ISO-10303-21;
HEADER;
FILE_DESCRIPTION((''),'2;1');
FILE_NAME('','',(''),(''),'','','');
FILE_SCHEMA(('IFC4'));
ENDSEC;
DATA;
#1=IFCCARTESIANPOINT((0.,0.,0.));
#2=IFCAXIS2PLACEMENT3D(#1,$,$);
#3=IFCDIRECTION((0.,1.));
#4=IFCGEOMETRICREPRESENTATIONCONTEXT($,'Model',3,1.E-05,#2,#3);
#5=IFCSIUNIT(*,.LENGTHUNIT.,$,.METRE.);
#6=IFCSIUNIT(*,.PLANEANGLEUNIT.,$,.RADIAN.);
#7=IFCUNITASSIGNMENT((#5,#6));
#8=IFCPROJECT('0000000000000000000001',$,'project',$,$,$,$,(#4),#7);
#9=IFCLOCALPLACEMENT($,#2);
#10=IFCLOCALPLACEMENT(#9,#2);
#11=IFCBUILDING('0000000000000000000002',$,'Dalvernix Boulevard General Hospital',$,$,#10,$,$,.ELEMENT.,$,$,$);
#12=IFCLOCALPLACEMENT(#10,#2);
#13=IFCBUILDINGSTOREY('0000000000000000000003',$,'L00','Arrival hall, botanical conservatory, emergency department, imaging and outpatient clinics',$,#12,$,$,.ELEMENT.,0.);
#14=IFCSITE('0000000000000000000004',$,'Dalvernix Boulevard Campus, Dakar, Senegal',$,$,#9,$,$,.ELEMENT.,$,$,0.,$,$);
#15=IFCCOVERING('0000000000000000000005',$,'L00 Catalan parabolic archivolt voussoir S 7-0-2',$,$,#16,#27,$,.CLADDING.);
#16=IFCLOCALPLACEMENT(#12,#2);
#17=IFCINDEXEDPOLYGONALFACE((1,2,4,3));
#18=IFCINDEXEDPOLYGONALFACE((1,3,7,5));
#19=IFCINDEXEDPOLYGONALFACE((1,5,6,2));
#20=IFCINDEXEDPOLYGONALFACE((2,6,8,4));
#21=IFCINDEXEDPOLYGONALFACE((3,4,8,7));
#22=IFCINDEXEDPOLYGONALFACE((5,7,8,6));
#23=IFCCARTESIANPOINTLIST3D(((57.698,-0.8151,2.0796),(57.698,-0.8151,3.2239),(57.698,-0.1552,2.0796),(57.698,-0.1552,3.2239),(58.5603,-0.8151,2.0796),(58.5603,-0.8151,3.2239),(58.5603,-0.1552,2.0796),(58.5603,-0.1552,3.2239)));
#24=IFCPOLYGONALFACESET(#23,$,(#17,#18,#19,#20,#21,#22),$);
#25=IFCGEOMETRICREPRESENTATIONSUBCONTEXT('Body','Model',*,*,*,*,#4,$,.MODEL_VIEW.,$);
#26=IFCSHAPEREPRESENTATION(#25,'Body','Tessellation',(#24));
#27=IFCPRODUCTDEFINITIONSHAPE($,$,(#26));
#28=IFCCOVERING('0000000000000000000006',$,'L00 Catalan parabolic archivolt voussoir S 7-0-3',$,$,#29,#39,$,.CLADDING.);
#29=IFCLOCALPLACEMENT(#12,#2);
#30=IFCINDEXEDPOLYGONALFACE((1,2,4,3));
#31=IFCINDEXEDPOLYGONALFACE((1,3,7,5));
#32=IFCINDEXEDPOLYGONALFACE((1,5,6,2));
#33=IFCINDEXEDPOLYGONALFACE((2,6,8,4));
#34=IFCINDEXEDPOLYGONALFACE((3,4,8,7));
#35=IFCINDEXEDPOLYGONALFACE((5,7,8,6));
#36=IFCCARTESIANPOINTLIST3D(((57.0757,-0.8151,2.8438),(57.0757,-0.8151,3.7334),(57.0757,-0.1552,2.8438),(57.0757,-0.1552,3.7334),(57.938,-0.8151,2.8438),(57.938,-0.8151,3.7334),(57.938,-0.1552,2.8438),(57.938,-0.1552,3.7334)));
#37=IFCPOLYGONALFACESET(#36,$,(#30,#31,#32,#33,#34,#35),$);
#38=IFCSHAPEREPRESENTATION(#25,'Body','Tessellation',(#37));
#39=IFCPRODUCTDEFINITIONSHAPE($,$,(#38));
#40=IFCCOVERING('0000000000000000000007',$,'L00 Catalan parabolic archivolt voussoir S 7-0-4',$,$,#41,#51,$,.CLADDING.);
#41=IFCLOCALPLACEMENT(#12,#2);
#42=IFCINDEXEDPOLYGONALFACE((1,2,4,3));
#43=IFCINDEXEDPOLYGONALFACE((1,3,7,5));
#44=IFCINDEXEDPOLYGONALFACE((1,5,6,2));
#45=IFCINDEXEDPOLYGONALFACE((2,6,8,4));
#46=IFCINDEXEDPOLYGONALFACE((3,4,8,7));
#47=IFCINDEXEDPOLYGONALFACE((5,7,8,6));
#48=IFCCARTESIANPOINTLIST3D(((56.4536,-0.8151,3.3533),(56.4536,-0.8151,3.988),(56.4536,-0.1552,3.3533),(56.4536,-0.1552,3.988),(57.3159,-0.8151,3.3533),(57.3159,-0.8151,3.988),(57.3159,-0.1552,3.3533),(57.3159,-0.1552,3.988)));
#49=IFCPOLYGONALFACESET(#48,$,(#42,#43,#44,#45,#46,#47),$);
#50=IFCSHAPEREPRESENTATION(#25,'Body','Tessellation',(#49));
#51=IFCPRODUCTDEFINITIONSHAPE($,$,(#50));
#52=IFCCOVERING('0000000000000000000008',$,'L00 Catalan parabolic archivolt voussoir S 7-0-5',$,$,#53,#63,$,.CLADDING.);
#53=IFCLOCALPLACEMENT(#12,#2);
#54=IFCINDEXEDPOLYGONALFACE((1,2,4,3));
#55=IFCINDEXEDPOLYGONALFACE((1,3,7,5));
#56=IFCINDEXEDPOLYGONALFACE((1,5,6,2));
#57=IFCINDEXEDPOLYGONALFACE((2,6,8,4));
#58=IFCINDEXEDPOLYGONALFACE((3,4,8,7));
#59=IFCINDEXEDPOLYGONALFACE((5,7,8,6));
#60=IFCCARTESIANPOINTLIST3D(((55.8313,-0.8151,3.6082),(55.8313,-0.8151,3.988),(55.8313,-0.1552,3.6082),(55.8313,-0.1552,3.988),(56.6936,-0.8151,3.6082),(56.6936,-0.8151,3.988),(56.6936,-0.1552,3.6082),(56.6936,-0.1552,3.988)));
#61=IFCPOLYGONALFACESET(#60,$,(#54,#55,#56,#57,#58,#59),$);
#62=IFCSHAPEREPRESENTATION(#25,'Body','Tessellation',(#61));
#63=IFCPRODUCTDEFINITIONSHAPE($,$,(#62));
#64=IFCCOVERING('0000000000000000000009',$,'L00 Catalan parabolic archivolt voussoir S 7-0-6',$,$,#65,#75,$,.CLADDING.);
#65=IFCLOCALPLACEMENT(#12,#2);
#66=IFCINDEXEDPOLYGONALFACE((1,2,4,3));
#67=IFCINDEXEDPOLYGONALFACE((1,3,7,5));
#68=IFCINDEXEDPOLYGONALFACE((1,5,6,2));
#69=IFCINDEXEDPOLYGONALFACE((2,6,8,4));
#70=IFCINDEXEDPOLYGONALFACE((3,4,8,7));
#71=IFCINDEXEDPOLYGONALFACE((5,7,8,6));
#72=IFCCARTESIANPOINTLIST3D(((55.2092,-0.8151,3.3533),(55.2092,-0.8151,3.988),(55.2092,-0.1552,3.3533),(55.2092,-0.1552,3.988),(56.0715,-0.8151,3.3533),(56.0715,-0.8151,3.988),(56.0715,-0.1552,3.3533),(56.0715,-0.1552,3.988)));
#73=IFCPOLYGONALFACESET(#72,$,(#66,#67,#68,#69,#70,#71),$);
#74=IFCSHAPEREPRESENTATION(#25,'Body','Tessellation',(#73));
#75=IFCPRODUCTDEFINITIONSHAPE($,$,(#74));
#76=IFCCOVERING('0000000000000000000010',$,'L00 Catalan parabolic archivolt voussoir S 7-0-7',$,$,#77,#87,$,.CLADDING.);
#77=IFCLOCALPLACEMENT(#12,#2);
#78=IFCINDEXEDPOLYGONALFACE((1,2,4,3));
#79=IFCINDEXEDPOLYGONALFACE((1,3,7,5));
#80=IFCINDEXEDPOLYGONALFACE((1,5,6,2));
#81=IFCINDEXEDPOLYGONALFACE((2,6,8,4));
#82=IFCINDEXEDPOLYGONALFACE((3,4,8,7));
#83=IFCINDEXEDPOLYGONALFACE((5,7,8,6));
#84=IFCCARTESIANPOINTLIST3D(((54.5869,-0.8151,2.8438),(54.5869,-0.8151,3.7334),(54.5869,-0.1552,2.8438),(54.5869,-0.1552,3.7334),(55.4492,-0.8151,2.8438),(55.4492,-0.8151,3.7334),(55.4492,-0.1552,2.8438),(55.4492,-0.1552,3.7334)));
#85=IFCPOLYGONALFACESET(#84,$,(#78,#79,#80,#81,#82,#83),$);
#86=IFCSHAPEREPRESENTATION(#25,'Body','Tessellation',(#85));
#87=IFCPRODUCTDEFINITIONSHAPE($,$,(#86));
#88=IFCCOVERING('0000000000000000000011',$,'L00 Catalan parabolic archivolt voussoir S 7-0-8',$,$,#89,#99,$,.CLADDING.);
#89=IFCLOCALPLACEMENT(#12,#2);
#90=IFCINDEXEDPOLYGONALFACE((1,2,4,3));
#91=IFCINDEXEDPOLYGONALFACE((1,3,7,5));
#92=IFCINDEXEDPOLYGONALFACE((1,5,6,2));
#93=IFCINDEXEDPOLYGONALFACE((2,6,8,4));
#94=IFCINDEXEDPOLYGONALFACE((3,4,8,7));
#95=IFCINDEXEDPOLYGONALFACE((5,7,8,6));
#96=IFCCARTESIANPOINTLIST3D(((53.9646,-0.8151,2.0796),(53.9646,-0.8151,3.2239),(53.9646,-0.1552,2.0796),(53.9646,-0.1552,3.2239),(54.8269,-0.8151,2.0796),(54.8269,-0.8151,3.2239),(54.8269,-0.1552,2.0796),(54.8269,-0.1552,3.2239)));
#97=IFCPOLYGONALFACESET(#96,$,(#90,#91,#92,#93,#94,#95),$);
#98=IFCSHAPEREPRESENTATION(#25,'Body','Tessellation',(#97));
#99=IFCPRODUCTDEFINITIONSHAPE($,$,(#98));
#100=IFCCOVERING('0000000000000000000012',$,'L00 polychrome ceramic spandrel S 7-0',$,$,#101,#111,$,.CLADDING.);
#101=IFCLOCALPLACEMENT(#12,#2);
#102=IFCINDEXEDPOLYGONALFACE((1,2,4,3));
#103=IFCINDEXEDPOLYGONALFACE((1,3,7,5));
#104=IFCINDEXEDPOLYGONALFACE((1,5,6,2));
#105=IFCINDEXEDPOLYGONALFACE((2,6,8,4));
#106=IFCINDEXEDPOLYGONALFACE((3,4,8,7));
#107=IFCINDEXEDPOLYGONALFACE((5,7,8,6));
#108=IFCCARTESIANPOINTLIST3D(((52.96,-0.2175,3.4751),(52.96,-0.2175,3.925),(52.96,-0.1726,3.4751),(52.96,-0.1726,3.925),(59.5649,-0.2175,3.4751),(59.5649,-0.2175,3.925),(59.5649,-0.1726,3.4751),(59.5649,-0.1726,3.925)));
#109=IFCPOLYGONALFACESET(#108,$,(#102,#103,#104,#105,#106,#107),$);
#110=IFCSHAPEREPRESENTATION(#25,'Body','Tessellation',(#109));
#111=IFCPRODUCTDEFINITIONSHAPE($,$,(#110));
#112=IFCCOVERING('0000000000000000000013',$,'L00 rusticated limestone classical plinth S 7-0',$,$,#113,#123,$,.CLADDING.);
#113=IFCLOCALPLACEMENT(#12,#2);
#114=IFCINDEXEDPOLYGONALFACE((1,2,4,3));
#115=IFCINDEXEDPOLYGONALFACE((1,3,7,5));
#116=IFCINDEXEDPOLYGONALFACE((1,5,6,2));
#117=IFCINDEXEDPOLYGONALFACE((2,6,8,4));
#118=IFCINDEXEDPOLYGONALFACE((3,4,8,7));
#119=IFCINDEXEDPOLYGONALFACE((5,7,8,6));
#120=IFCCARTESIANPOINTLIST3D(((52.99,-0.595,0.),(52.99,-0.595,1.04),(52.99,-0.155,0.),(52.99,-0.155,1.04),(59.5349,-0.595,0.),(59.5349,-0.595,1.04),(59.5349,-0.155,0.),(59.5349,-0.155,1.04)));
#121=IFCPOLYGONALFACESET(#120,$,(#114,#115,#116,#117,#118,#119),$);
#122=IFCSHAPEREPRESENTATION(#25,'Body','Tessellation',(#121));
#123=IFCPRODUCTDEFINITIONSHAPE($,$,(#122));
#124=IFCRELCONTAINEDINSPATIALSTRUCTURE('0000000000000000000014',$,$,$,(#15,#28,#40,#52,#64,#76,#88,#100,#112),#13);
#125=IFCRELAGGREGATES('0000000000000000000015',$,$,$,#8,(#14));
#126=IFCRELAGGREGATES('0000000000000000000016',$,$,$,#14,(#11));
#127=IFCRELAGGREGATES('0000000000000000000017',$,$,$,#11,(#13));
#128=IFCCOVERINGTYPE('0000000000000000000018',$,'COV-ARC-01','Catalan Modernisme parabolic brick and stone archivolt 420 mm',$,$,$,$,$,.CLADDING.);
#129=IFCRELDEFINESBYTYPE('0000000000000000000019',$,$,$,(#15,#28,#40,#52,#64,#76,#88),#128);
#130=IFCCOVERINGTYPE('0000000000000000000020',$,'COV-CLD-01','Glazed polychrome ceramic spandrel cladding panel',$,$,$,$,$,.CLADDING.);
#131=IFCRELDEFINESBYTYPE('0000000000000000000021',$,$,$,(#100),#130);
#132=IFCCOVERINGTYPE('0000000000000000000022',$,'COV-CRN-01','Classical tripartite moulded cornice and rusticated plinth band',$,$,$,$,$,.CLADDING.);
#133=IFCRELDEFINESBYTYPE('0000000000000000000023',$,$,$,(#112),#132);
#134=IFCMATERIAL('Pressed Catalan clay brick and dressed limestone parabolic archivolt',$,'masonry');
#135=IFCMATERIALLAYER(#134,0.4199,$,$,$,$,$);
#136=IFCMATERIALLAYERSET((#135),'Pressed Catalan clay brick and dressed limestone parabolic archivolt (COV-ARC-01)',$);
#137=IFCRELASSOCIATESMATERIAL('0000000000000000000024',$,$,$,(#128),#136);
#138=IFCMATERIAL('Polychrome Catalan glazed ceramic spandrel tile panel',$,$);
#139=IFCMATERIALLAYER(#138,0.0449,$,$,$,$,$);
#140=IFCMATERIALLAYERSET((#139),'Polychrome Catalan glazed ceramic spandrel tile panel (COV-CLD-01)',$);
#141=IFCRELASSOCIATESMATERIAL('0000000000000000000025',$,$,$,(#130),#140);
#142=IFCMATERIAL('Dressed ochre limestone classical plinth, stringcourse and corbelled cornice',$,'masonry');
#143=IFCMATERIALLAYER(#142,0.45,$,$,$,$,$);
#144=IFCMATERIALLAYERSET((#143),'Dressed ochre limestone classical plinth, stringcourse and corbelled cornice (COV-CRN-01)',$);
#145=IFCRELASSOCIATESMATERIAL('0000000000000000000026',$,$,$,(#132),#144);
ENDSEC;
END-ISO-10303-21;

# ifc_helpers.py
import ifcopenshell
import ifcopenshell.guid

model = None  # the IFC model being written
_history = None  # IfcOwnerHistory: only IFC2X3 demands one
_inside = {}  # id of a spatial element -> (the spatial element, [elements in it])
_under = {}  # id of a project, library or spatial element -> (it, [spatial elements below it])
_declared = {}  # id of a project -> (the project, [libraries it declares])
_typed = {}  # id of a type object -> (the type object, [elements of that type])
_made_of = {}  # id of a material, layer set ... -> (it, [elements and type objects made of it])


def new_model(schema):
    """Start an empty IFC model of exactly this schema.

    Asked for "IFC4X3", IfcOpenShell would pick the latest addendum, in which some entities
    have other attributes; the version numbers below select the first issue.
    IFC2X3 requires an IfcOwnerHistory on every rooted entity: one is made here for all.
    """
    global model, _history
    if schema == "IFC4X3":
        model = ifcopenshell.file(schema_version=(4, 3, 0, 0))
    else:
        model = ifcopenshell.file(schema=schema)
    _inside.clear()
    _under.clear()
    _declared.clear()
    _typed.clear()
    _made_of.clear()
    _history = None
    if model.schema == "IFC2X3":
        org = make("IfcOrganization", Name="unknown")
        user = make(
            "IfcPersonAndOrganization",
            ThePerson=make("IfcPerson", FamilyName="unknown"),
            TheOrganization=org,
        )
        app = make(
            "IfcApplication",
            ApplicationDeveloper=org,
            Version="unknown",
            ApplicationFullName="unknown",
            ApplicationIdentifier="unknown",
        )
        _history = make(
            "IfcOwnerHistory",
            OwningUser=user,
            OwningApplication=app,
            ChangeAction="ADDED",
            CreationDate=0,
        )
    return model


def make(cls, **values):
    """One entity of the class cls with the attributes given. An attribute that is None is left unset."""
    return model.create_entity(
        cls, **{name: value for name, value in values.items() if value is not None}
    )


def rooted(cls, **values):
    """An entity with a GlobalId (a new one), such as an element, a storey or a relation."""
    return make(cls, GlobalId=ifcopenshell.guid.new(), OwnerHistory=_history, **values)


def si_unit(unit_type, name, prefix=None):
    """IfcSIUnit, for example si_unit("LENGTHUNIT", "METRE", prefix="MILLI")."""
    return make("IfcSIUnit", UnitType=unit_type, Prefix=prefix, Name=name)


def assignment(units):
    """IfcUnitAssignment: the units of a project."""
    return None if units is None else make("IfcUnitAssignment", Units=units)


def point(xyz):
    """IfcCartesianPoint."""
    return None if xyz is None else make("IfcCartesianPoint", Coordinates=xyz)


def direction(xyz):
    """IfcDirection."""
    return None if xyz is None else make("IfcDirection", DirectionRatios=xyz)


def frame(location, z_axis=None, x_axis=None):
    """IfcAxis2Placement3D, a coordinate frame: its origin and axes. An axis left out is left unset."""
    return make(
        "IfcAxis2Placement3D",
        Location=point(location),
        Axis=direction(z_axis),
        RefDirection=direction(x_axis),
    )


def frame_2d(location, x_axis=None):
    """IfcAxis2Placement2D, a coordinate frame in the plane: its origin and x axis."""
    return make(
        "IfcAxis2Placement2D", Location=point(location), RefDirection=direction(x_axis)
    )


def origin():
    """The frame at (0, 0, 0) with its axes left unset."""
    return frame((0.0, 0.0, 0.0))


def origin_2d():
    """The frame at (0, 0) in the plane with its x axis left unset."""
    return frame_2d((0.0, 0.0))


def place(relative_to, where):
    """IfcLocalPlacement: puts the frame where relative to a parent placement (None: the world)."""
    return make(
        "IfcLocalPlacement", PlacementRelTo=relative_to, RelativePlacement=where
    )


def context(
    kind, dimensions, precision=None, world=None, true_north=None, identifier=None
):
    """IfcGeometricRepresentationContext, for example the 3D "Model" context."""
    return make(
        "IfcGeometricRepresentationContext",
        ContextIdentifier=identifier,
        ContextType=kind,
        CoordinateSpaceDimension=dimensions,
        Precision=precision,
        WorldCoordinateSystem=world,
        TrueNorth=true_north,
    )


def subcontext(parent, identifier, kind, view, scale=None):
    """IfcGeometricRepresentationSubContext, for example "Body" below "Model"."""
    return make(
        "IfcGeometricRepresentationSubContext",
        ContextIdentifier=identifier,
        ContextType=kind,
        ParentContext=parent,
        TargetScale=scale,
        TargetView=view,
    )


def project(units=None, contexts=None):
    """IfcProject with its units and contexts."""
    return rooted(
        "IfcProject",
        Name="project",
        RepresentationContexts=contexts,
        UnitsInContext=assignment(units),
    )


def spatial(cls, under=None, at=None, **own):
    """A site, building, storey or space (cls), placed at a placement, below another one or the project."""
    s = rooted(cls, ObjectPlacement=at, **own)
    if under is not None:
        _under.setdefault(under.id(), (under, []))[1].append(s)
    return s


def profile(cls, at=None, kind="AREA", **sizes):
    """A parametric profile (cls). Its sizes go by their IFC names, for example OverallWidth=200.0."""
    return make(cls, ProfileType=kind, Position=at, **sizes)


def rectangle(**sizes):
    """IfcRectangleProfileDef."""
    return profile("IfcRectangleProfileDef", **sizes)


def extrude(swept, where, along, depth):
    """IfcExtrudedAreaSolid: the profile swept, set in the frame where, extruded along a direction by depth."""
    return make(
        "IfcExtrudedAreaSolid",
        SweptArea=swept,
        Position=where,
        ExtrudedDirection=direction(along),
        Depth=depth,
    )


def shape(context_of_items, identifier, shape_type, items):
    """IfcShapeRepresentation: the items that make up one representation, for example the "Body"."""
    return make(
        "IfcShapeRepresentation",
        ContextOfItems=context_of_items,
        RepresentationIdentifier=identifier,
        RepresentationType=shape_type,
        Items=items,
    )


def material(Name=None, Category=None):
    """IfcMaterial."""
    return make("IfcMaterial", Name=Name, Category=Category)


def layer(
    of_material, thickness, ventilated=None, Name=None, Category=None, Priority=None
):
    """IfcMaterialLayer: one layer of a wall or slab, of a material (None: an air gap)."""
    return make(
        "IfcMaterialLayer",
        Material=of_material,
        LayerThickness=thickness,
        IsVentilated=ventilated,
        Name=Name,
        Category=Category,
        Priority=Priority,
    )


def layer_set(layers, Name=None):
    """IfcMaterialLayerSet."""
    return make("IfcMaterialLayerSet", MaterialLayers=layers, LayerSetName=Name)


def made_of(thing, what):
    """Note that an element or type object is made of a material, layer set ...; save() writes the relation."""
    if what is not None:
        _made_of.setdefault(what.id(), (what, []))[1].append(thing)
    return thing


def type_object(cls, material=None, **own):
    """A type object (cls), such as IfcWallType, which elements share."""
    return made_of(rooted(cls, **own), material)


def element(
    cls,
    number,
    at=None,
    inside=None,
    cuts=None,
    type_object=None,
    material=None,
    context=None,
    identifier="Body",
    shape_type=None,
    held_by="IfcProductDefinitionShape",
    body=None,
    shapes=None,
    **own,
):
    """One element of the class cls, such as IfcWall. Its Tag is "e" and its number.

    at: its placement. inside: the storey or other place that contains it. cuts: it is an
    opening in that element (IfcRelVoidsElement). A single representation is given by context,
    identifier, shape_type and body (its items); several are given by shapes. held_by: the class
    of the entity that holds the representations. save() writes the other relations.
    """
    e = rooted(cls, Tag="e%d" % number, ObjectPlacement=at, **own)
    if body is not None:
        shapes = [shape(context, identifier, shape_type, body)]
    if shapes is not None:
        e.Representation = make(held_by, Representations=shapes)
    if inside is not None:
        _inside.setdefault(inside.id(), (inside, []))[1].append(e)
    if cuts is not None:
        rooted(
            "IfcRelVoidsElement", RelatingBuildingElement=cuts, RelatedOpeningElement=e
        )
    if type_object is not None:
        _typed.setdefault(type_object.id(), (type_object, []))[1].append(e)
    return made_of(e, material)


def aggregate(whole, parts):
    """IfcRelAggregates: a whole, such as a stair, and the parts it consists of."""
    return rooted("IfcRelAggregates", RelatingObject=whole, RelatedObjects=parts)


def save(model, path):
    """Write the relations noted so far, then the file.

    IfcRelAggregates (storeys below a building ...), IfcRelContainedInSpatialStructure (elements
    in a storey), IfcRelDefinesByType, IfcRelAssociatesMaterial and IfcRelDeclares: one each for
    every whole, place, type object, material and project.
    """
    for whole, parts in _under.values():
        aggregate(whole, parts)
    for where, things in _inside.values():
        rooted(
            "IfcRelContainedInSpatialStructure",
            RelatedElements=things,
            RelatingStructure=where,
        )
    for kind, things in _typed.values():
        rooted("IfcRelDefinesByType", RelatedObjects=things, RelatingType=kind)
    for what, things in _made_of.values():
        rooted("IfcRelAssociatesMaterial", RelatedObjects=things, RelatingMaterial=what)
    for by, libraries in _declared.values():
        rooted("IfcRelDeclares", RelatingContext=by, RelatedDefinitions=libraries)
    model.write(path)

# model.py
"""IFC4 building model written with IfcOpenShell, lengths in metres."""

from ifc_helpers import new_model, si_unit, direction, frame, origin, origin_2d, place, context, subcontext, project, spatial, rectangle, extrude, material, layer, layer_set, type_object, element, save


model = new_model("IFC4")

# Units and contexts
model_context = context("Model", 3, precision=1e-05, world=origin(), true_north=direction((0.0, 1.0)))
body_context = subcontext(model_context, "Body", "Model", "MODEL_VIEW")
ifc_project = project(units=[si_unit("LENGTHUNIT", "METRE"), si_unit("PLANEANGLEUNIT", "RADIAN")], contexts=[model_context])

# Site, building, storey
site_placement = place(None, origin())
site = spatial("IfcSite", under=ifc_project, at=site_placement, Name="Dalvernix Boulevard Campus, Dakar, Senegal", CompositionType="ELEMENT", RefElevation=0.0)
building_placement = place(site_placement, origin())
building = spatial("IfcBuilding", under=site, at=building_placement, Name="Dalvernix Boulevard General Hospital", CompositionType="ELEMENT")
storey_placement = place(building_placement, origin())
storey = spatial("IfcBuildingStorey", under=building, at=storey_placement, Name="L00", Description="Arrival hall, botanical conservatory, emergency department, imaging and outpatient clinics", CompositionType="ELEMENT", Elevation=0.0)

# Coverings
ifc_material_1 = material(Name="Pressed Catalan clay brick and dressed limestone parabolic archivolt", Category="masonry")
ifc_layer_1 = layer(ifc_material_1, 0.4199)
ifc_layer_set_1 = layer_set([ifc_layer_1], Name="Pressed Catalan clay brick and dressed limestone parabolic archivolt (COV-ARC-01)")
covering_type_1 = type_object("IfcCoveringType", Name="COV-ARC-01", Description="Catalan Modernisme parabolic brick and stone archivolt 420 mm", PredefinedType="CLADDING", material=ifc_layer_set_1)
covering_1_placement = place(storey_placement, frame((58.1292, -0.4851, 2.0796), z_axis=(0.0, 0.0, 1.0), x_axis=(-1.0, 0.0, 0.0)))
element("IfcCovering", 1, at=covering_1_placement, inside=storey, type_object=covering_type_1, Name="L00 Catalan parabolic archivolt voussoir S 7-0-2", PredefinedType="CLADDING", context=body_context, shape_type="SweptSolid", body=[
    extrude(rectangle(XDim=0.8623, YDim=0.6599, at=origin_2d()), origin(), (0.0, 0.0, 1.0), 1.1443),
])
covering_2_placement = place(storey_placement, frame((57.5068, -0.4851, 2.8438), z_axis=(0.0, 0.0, 1.0), x_axis=(-1.0, 0.0, 0.0)))
element("IfcCovering", 2, at=covering_2_placement, inside=storey, type_object=covering_type_1, Name="L00 Catalan parabolic archivolt voussoir S 7-0-3", PredefinedType="CLADDING", context=body_context, shape_type="SweptSolid", body=[
    extrude(rectangle(XDim=0.8623, YDim=0.6599, at=origin_2d()), origin(), (0.0, 0.0, 1.0), 0.8896),
])
covering_3_placement = place(storey_placement, frame((56.8848, -0.4851, 3.3533), z_axis=(0.0, 0.0, 1.0), x_axis=(-1.0, 0.0, 0.0)))
element("IfcCovering", 3, at=covering_3_placement, inside=storey, type_object=covering_type_1, Name="L00 Catalan parabolic archivolt voussoir S 7-0-4", PredefinedType="CLADDING", context=body_context, shape_type="SweptSolid", body=[
    extrude(rectangle(XDim=0.8623, YDim=0.6599, at=origin_2d()), origin(), (0.0, 0.0, 1.0), 0.6348),
])
covering_4_placement = place(storey_placement, frame((56.2625, -0.4851, 3.6082), z_axis=(0.0, 0.0, 1.0), x_axis=(-1.0, 0.0, 0.0)))
element("IfcCovering", 4, at=covering_4_placement, inside=storey, type_object=covering_type_1, Name="L00 Catalan parabolic archivolt voussoir S 7-0-5", PredefinedType="CLADDING", context=body_context, shape_type="SweptSolid", body=[
    extrude(rectangle(XDim=0.8623, YDim=0.6599, at=origin_2d()), origin(), (0.0, 0.0, 1.0), 0.3799),
])
covering_5_placement = place(storey_placement, frame((55.6404, -0.4851, 3.3533), z_axis=(0.0, 0.0, 1.0), x_axis=(-1.0, 0.0, 0.0)))
element("IfcCovering", 5, at=covering_5_placement, inside=storey, type_object=covering_type_1, Name="L00 Catalan parabolic archivolt voussoir S 7-0-6", PredefinedType="CLADDING", context=body_context, shape_type="SweptSolid", body=[
    extrude(rectangle(XDim=0.8623, YDim=0.6599, at=origin_2d()), origin(), (0.0, 0.0, 1.0), 0.6348),
])
covering_6_placement = place(storey_placement, frame((55.0181, -0.4851, 2.8438), z_axis=(0.0, 0.0, 1.0), x_axis=(-1.0, 0.0, 0.0)))
element("IfcCovering", 6, at=covering_6_placement, inside=storey, type_object=covering_type_1, Name="L00 Catalan parabolic archivolt voussoir S 7-0-7", PredefinedType="CLADDING", context=body_context, shape_type="SweptSolid", body=[
    extrude(rectangle(XDim=0.8623, YDim=0.6599, at=origin_2d()), origin(), (0.0, 0.0, 1.0), 0.8896),
])
covering_7_placement = place(storey_placement, frame((54.3958, -0.4851, 2.0796), z_axis=(0.0, 0.0, 1.0), x_axis=(-1.0, 0.0, 0.0)))
element("IfcCovering", 7, at=covering_7_placement, inside=storey, type_object=covering_type_1, Name="L00 Catalan parabolic archivolt voussoir S 7-0-8", PredefinedType="CLADDING", context=body_context, shape_type="SweptSolid", body=[
    extrude(rectangle(XDim=0.8623, YDim=0.6599, at=origin_2d()), origin(), (0.0, 0.0, 1.0), 1.1443),
])
ifc_material_2 = material(Name="Polychrome Catalan glazed ceramic spandrel tile panel")
ifc_layer_2 = layer(ifc_material_2, 0.0449)
ifc_layer_set_2 = layer_set([ifc_layer_2], Name="Polychrome Catalan glazed ceramic spandrel tile panel (COV-CLD-01)")
covering_type_2 = type_object("IfcCoveringType", Name="COV-CLD-01", Description="Glazed polychrome ceramic spandrel cladding panel", PredefinedType="CLADDING", material=ifc_layer_set_2)
covering_8_placement = place(storey_placement, frame((56.2625, -0.1951, 3.4751), z_axis=(0.0, 0.0, 1.0), x_axis=(-1.0, 0.0, 0.0)))
element("IfcCovering", 8, at=covering_8_placement, inside=storey, type_object=covering_type_2, Name="L00 polychrome ceramic spandrel S 7-0", PredefinedType="CLADDING", context=body_context, shape_type="SweptSolid", body=[
    extrude(rectangle(XDim=6.605, YDim=0.0449, at=origin_2d()), origin(), (0.0, 0.0, 1.0), 0.45),
])
ifc_material_3 = material(Name="Dressed ochre limestone classical plinth, stringcourse and corbelled cornice", Category="masonry")
ifc_layer_3 = layer(ifc_material_3, 0.45)
ifc_layer_set_3 = layer_set([ifc_layer_3], Name="Dressed ochre limestone classical plinth, stringcourse and corbelled cornice (COV-CRN-01)")
covering_type_3 = type_object("IfcCoveringType", Name="COV-CRN-01", Description="Classical tripartite moulded cornice and rusticated plinth band", PredefinedType="CLADDING", material=ifc_layer_set_3)
covering_9_placement = place(storey_placement, frame((56.2625, -0.375, 0.0), z_axis=(0.0, 0.0, 1.0), x_axis=(-1.0, 0.0, 0.0)))
element("IfcCovering", 9, at=covering_9_placement, inside=storey, type_object=covering_type_3, Name="L00 rusticated limestone classical plinth S 7-0", PredefinedType="CLADDING", context=body_context, shape_type="SweptSolid", body=[
    extrude(rectangle(XDim=6.5449, YDim=0.4399, at=origin_2d()), origin(), (0.0, 0.0, 1.0), 1.04),
])

save(model, "model.ifc")
